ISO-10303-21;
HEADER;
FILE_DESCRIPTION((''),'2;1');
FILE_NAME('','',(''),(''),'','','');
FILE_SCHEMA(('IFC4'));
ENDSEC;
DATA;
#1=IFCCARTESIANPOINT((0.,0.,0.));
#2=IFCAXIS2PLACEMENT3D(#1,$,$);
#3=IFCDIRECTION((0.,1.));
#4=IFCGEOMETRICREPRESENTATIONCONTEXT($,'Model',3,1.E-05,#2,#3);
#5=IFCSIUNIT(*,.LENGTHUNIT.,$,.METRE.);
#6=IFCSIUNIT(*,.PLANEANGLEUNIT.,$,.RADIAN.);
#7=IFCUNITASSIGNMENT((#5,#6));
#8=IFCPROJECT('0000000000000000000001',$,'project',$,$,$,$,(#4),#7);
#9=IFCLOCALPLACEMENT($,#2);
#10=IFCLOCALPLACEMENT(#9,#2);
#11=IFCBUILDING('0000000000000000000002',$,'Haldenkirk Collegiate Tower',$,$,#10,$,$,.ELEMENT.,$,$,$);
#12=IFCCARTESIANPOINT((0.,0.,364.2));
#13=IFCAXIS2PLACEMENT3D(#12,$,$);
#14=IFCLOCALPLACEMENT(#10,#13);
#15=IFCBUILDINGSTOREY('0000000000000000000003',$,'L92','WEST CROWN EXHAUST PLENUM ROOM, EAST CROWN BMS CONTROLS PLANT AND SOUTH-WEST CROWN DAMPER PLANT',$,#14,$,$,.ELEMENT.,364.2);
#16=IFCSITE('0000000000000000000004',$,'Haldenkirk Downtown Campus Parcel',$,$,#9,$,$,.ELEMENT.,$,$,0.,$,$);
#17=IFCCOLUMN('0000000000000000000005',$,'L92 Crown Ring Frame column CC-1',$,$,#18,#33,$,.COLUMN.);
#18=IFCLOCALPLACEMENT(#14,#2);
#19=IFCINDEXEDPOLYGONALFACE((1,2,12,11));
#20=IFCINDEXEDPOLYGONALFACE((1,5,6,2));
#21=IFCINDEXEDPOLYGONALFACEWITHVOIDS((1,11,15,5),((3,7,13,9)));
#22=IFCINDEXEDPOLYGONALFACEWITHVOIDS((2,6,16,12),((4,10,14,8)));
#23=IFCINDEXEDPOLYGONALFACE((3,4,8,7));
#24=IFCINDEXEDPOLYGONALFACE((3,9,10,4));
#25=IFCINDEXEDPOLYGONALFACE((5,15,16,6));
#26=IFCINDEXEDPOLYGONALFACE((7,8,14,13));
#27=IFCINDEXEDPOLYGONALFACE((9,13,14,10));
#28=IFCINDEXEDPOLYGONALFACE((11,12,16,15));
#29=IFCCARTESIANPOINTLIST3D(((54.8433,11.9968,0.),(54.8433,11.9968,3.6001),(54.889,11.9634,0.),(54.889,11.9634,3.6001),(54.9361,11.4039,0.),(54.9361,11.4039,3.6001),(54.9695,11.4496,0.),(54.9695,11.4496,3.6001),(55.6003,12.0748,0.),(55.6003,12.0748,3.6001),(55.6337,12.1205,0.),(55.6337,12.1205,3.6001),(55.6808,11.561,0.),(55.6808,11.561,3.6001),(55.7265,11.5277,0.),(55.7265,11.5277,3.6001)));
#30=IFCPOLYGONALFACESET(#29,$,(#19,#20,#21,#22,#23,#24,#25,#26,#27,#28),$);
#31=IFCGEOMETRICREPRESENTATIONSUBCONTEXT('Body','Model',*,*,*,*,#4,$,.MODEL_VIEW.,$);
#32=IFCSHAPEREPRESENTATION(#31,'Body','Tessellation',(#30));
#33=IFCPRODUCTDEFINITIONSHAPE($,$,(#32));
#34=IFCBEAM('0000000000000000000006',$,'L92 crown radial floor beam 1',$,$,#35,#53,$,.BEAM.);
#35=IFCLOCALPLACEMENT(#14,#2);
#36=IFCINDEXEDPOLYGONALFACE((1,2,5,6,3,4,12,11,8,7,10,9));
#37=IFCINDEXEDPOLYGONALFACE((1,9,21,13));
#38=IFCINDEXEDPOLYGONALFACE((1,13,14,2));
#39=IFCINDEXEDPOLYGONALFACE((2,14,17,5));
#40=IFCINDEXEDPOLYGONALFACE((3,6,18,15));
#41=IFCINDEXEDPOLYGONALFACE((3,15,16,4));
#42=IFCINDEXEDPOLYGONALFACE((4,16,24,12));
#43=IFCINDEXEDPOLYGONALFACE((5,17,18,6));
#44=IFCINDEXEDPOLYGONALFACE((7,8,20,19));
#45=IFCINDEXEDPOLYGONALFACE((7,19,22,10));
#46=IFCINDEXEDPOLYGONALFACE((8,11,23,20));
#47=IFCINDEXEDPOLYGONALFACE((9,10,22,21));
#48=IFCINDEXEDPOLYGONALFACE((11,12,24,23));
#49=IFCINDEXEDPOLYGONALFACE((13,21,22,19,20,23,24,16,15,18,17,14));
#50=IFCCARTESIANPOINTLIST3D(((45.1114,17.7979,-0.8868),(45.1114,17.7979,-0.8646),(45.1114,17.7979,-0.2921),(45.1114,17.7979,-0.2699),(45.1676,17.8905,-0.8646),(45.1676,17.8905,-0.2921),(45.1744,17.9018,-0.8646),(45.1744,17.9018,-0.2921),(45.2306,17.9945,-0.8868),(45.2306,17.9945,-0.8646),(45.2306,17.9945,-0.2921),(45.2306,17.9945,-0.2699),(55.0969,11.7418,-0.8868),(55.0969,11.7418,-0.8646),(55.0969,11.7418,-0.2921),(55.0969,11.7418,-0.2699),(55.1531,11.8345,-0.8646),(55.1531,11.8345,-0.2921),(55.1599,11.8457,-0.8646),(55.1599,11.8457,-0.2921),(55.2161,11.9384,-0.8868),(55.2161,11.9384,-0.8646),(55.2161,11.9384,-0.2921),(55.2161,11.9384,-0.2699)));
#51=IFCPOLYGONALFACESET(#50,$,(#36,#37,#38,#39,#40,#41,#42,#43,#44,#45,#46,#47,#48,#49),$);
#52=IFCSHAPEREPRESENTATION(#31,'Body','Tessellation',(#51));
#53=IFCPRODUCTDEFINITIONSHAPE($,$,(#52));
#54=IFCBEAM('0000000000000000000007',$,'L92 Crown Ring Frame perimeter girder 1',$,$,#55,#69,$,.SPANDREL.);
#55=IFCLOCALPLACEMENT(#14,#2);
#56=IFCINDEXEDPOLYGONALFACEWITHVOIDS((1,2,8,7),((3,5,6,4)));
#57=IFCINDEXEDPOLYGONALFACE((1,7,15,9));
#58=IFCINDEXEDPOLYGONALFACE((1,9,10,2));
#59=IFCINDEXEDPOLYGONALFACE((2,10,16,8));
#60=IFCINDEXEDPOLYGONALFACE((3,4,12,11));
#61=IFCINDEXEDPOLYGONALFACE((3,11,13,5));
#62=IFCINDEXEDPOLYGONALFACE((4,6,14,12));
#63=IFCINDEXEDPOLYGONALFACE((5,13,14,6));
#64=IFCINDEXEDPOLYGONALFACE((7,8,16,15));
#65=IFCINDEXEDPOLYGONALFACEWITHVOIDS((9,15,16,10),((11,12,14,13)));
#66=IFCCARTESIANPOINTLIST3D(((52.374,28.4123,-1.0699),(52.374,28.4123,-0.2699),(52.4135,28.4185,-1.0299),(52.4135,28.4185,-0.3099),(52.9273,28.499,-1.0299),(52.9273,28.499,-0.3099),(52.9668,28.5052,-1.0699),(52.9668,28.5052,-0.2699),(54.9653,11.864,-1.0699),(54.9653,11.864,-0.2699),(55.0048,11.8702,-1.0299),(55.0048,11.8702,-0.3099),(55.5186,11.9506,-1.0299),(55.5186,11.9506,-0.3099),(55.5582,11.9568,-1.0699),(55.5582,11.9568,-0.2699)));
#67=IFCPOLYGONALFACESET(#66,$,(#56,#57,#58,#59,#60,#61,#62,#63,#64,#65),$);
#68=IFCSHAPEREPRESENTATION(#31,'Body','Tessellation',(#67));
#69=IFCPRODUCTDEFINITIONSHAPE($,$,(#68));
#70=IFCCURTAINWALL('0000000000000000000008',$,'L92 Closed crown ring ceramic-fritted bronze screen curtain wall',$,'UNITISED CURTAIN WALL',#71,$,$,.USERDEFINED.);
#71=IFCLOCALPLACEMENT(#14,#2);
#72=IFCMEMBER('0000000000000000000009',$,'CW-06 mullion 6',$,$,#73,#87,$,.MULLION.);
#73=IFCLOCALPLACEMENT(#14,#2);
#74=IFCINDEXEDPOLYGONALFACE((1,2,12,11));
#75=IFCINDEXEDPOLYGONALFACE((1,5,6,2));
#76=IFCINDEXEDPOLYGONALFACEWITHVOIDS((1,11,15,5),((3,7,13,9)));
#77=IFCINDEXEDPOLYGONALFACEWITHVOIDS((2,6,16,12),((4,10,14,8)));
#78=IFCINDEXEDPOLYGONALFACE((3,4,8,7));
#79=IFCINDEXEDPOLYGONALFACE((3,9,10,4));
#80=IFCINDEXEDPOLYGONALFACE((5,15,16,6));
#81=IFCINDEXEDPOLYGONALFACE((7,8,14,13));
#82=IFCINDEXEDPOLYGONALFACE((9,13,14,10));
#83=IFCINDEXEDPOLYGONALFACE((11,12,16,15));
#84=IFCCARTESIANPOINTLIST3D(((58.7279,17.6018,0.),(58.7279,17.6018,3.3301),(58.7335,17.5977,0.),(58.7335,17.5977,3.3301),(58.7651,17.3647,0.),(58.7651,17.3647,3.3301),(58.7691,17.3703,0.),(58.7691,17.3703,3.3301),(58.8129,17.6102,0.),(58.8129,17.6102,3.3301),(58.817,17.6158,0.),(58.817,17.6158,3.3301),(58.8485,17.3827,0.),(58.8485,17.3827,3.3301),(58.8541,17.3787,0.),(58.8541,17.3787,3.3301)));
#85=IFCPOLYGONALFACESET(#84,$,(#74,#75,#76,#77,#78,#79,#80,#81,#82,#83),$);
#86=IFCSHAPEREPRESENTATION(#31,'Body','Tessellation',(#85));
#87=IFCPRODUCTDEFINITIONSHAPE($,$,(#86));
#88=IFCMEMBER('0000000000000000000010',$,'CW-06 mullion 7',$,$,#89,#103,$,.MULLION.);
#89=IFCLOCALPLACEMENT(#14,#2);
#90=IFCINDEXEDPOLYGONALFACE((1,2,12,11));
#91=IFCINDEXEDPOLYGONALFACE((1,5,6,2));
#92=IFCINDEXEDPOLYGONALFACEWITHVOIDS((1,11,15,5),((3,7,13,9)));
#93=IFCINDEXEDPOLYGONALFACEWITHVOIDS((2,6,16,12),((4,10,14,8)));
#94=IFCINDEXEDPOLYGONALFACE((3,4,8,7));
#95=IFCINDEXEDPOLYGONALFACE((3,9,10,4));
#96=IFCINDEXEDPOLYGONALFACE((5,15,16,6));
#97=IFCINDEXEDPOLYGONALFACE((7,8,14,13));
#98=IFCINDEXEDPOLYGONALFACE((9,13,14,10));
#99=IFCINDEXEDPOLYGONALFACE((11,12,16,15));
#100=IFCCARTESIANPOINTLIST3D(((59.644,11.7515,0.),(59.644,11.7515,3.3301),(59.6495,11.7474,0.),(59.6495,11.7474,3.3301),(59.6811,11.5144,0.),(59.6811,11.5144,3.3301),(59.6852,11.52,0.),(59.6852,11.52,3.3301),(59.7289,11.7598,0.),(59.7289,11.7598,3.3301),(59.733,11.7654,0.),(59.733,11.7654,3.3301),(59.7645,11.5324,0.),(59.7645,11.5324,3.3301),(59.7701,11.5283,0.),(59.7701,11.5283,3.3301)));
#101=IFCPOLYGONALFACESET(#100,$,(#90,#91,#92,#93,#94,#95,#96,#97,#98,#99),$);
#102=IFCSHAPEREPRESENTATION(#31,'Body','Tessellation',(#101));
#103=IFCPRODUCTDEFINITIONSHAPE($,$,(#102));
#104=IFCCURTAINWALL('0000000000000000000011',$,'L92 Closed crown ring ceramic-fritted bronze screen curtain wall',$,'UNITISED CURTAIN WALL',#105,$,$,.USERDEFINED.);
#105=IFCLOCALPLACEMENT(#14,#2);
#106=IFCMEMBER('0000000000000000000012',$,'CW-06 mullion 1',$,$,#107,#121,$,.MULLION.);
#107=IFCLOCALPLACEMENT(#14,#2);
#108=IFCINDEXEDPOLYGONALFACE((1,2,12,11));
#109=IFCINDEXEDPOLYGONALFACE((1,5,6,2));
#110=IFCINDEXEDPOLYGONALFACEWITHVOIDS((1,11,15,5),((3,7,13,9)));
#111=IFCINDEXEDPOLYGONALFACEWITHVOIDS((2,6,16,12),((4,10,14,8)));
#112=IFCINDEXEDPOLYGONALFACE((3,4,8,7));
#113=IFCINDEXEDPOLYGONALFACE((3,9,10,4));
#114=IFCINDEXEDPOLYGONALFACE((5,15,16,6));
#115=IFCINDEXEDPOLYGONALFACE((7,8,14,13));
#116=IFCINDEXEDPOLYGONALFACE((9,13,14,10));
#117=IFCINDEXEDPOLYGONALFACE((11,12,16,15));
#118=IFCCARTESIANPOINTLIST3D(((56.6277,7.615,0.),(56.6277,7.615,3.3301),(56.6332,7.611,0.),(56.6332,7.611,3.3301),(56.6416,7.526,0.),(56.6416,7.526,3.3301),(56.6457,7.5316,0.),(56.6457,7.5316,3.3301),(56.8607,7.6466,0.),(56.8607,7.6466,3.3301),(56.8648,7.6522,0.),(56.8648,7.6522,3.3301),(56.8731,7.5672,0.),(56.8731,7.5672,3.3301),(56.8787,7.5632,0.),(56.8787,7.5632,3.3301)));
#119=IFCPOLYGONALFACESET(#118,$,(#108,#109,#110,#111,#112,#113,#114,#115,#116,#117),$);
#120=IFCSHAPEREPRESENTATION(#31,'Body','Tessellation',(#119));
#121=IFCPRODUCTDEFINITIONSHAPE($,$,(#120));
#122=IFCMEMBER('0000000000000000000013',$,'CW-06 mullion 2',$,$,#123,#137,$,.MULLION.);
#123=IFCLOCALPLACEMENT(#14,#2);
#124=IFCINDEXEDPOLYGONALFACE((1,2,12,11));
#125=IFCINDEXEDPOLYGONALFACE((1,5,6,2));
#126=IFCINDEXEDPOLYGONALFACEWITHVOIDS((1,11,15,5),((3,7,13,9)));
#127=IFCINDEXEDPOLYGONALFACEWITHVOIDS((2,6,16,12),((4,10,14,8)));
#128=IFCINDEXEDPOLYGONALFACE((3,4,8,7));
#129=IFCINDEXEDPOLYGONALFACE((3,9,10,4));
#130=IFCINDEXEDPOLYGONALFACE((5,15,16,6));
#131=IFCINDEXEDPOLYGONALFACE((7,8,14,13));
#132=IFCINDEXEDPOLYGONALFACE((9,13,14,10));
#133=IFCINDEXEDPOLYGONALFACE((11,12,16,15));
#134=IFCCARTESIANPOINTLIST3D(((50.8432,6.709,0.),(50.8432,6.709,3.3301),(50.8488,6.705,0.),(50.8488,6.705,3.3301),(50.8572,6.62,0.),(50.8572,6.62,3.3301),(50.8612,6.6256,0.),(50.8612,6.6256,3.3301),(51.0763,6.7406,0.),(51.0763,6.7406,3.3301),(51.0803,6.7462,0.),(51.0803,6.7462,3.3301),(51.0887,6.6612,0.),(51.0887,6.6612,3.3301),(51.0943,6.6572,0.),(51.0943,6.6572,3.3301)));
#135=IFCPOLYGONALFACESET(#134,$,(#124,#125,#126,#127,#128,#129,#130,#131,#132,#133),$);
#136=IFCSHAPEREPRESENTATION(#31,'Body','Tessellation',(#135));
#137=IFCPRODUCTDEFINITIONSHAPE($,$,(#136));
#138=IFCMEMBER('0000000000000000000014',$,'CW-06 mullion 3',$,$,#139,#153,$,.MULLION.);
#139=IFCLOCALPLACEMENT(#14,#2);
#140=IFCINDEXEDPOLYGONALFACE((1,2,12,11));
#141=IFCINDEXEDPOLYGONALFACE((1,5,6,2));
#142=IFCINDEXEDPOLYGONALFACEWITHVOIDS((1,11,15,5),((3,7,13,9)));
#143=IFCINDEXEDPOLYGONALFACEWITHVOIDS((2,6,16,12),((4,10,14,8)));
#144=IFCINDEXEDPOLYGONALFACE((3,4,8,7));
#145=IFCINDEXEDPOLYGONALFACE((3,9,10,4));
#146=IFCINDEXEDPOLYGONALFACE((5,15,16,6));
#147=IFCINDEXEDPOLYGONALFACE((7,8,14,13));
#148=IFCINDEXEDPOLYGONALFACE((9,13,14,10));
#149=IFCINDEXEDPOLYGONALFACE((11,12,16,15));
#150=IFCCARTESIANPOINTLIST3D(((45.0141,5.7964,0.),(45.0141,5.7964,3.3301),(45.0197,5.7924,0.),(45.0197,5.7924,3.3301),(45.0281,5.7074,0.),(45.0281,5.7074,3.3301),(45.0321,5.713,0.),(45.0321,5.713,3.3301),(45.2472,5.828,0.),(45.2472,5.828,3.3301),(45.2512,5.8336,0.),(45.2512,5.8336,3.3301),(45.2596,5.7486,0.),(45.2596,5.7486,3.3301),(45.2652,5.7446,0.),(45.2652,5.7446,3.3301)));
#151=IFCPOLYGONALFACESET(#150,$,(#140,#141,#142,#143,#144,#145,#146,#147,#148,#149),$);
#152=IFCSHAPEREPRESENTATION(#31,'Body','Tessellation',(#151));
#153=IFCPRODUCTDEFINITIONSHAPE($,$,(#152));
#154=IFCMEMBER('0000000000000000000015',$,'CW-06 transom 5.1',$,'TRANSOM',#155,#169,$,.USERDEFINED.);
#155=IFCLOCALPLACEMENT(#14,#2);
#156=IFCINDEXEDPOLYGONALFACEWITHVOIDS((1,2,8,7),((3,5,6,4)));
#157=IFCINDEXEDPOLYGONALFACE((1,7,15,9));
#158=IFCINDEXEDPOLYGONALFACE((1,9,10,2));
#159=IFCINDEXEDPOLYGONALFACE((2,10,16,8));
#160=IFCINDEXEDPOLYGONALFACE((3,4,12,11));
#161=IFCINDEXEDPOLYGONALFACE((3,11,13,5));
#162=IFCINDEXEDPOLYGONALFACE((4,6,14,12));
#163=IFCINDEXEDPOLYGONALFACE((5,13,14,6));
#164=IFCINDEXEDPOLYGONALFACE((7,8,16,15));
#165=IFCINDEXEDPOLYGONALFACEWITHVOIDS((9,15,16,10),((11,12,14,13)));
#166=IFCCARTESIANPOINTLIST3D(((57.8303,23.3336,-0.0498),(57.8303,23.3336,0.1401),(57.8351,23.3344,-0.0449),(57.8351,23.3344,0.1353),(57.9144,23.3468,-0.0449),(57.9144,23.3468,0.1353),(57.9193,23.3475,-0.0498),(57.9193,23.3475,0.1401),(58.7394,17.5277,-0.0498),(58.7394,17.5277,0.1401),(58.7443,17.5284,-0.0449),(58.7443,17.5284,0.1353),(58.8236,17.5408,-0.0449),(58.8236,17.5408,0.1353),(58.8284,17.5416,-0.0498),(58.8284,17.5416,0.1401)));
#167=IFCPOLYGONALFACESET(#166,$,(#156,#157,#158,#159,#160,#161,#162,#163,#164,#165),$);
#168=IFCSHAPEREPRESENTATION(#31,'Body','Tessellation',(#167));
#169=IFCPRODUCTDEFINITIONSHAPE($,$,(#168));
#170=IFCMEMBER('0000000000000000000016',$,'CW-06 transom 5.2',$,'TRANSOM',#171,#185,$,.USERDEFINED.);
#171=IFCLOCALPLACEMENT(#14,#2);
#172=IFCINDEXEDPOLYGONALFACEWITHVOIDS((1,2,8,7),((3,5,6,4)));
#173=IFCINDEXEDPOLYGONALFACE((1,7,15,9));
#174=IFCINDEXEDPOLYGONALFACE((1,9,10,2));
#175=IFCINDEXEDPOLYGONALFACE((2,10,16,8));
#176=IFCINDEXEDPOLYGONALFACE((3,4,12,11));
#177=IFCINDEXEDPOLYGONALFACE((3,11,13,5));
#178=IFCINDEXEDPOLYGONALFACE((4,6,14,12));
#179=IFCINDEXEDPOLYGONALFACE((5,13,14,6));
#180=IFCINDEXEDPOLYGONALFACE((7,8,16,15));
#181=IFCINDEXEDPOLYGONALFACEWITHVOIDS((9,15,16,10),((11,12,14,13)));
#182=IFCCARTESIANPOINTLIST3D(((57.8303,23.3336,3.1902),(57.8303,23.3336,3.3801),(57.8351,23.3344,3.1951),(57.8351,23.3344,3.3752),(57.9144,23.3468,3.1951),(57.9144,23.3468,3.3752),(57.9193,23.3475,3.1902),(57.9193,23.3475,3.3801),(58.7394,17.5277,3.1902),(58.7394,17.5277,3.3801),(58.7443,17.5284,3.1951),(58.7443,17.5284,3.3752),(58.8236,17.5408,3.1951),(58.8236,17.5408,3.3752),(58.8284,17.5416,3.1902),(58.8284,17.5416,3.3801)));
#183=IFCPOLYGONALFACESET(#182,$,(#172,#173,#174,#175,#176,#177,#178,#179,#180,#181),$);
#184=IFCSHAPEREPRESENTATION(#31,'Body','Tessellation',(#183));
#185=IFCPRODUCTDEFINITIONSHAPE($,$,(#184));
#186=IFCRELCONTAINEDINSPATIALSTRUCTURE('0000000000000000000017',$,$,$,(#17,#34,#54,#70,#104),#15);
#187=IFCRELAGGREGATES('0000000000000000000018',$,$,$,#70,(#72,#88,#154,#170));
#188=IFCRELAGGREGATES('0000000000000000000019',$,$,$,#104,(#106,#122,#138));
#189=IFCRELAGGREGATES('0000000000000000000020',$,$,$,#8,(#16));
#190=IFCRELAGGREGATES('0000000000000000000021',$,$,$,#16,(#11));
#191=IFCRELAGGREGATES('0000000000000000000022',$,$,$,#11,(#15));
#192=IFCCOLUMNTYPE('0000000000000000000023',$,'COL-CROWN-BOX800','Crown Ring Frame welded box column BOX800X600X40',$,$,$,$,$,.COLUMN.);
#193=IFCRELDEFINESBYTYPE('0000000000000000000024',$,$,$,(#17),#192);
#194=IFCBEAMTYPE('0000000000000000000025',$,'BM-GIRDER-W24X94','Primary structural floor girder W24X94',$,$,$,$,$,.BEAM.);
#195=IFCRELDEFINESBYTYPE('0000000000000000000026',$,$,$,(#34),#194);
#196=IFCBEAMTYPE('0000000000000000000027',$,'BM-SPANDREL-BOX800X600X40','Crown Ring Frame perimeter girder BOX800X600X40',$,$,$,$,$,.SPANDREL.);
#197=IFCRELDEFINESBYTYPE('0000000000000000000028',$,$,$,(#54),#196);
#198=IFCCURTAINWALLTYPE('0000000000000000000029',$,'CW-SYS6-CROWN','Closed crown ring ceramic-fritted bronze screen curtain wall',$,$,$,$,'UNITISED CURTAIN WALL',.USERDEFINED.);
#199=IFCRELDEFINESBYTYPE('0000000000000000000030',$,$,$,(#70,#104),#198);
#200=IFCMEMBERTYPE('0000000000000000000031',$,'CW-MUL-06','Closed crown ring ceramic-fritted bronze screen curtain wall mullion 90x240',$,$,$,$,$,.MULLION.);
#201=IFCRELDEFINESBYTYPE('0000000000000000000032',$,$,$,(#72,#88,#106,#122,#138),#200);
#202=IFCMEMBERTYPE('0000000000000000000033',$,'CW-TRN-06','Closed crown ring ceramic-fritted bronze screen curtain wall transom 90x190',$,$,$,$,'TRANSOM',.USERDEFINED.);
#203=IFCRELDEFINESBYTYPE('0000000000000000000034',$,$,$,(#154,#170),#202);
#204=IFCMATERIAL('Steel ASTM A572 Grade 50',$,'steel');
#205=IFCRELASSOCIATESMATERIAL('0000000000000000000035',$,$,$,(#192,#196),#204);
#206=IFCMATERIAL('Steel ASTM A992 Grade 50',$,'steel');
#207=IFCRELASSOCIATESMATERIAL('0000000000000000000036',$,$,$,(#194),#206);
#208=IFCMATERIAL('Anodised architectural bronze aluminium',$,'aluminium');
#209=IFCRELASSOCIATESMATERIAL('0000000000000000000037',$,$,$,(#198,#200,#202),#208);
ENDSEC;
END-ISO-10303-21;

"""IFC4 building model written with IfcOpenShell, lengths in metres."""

from ifc_helpers import new_model, si_unit, direction, frame, origin, origin_2d, place, context, subcontext, project, spatial, hollow_rectangle, i_section, extrude, material, material_profile, profile_set, type_object, element, aggregate, save


model = new_model("IFC4")

# Units and contexts
model_context = context("Model", 3, precision=1e-05, world=origin(), true_north=direction((0.0, 1.0)))
body_context = subcontext(model_context, "Body", "Model", "MODEL_VIEW")
ifc_project = project(units=[si_unit("LENGTHUNIT", "METRE"), si_unit("PLANEANGLEUNIT", "RADIAN")], contexts=[model_context])

# Site, building, storey
site_placement = place(None, origin())
site = spatial("IfcSite", under=ifc_project, at=site_placement, Name="Haldenkirk Downtown Campus Parcel", CompositionType="ELEMENT", RefElevation=0.0)
building_placement = place(site_placement, origin())
building = spatial("IfcBuilding", under=site, at=building_placement, Name="Haldenkirk Collegiate Tower", CompositionType="ELEMENT")
storey_placement = place(building_placement, frame((0.0, 0.0, 364.2)))
storey = spatial("IfcBuildingStorey", under=building, at=storey_placement, Name="L92", Description="WEST CROWN EXHAUST PLENUM ROOM, EAST CROWN BMS CONTROLS PLANT AND SOUTH-WEST CROWN DAMPER PLANT", CompositionType="ELEMENT", Elevation=364.2)

# Column
ifc_material_1 = material(Name="Steel ASTM A572 Grade 50", Category="steel")
ifc_material_profile_1 = material_profile(ifc_material_1, hollow_rectangle(XDim=0.6001, YDim=0.8, WallThickness=0.04, at=origin_2d()), Name="BOX800X600X40")
ifc_profile_set_1 = profile_set([ifc_material_profile_1], Name="Steel ASTM A572 Grade 50")
column_type = type_object("IfcColumnType", Name="COL-CROWN-BOX800", Description="Crown Ring Frame welded box column BOX800X600X40", PredefinedType="COLUMN", material=ifc_profile_set_1)
column_placement = place(storey_placement, frame((55.2849, 11.7622, 0.0), z_axis=(0.0, 0.0, 1.0), x_axis=(-0.15471, 0.98796, 0.0)))
element("IfcColumn", 1, at=column_placement, inside=storey, type_object=column_type, Name="L92 Crown Ring Frame column CC-1", PredefinedType="COLUMN", context=body_context, shape_type="SweptSolid", body=[
    extrude(hollow_rectangle(XDim=0.6001, YDim=0.8, WallThickness=0.04, at=origin_2d()), origin(), (0.0, 0.0, 1.0), 3.6001),
])

# Beams
ifc_material_2 = material(Name="Steel ASTM A992 Grade 50", Category="steel")
ifc_material_profile_2 = material_profile(ifc_material_2, i_section(OverallWidth=0.23, OverallDepth=0.6169, WebThickness=0.0132, FlangeThickness=0.0222, at=origin_2d()), Name="W24X94")
ifc_profile_set_2 = profile_set([ifc_material_profile_2], Name="Steel ASTM A992 Grade 50")
beam_type_1 = type_object("IfcBeamType", Name="BM-GIRDER-W24X94", Description="Primary structural floor girder W24X94", PredefinedType="BEAM", material=ifc_profile_set_2)
beam_1_placement = place(storey_placement, frame((55.1565, 11.8401, -0.5784), z_axis=(-0.855035, 0.518569, 0.0), x_axis=(-0.518569, -0.855035, 0.0)))
element("IfcBeam", 2, at=beam_1_placement, inside=storey, type_object=beam_type_1, Name="L92 crown radial floor beam 1", PredefinedType="BEAM", context=body_context, shape_type="SweptSolid", body=[
    extrude(i_section(OverallWidth=0.23, OverallDepth=0.6169, WebThickness=0.0132, FlangeThickness=0.0222, at=origin_2d()), origin(), (0.0, 0.0, 1.0), 11.6785),
])
ifc_material_profile_3 = material_profile(ifc_material_1, hollow_rectangle(XDim=0.6001, YDim=0.8, WallThickness=0.04, at=origin_2d()), Name="BOX800X600X40")
ifc_profile_set_3 = profile_set([ifc_material_profile_3], Name="Steel ASTM A572 Grade 50")
beam_type_2 = type_object("IfcBeamType", Name="BM-SPANDREL-BOX800X600X40", Description="Crown Ring Frame perimeter girder BOX800X600X40", PredefinedType="SPANDREL", material=ifc_profile_set_3)
beam_2_placement = place(storey_placement, frame((55.2617, 11.9104, -0.6699), z_axis=(-0.154705, 0.987961, 0.0), x_axis=(-0.987961, -0.154705, 0.0)))
element("IfcBeam", 3, at=beam_2_placement, inside=storey, type_object=beam_type_2, Name="L92 Crown Ring Frame perimeter girder 1", PredefinedType="SPANDREL", context=body_context, shape_type="SweptSolid", body=[
    extrude(hollow_rectangle(XDim=0.6001, YDim=0.8, WallThickness=0.04, at=origin_2d()), origin(), (0.0, 0.0, 1.0), 16.75),
])

# Curtain walls, members
ifc_material_3 = material(Name="Anodised architectural bronze aluminium", Category="aluminium")
curtain_wall_type = type_object("IfcCurtainWallType", Name="CW-SYS6-CROWN", Description="Closed crown ring ceramic-fritted bronze screen curtain wall", ElementType="UNITISED CURTAIN WALL", PredefinedType="USERDEFINED", material=ifc_material_3)
curtain_wall_1_placement = place(storey_placement, origin())
curtain_wall_1 = element("IfcCurtainWall", 4, at=curtain_wall_1_placement, inside=storey, type_object=curtain_wall_type, Name="L92 Closed crown ring ceramic-fritted bronze screen curtain wall", ObjectType="UNITISED CURTAIN WALL", PredefinedType="USERDEFINED")
ifc_material_profile_4 = material_profile(ifc_material_3, hollow_rectangle(XDim=0.0901, YDim=0.24, WallThickness=0.0049, at=origin_2d()), Name="CW-MUL-06")
ifc_profile_set_4 = profile_set([ifc_material_profile_4], Name="Anodised architectural bronze aluminium")
member_type_1 = type_object("IfcMemberType", Name="CW-MUL-06", Description="Closed crown ring ceramic-fritted bronze screen curtain wall mullion 90x240", PredefinedType="MULLION", material=ifc_profile_set_4)
member_1_placement = place(storey_placement, frame((58.791, 17.4902, 0.0), z_axis=(0.0, 0.0, 1.0), x_axis=(0.98796, 0.154713, 0.0)))
member_1 = element("IfcMember", 5, at=member_1_placement, type_object=member_type_1, Name="CW-06 mullion 6", PredefinedType="MULLION", context=body_context, shape_type="SweptSolid", body=[
    extrude(hollow_rectangle(XDim=0.0901, YDim=0.24, WallThickness=0.0049, at=origin_2d()), origin(), (0.0, 0.0, 1.0), 3.3301),
])
member_2_placement = place(storey_placement, frame((59.707, 11.6399, 0.0), z_axis=(0.0, 0.0, 1.0), x_axis=(0.98796, 0.154713, 0.0)))
member_2 = element("IfcMember", 6, at=member_2_placement, type_object=member_type_1, Name="CW-06 mullion 7", PredefinedType="MULLION", context=body_context, shape_type="SweptSolid", body=[
    extrude(hollow_rectangle(XDim=0.0901, YDim=0.24, WallThickness=0.0049, at=origin_2d()), origin(), (0.0, 0.0, 1.0), 3.3301),
])
curtain_wall_2_placement = place(storey_placement, origin())
curtain_wall_2 = element("IfcCurtainWall", 7, at=curtain_wall_2_placement, inside=storey, type_object=curtain_wall_type, Name="L92 Closed crown ring ceramic-fritted bronze screen curtain wall", ObjectType="UNITISED CURTAIN WALL", PredefinedType="USERDEFINED")
member_3_placement = place(storey_placement, frame((56.7532, 7.5891, 0.0), z_axis=(0.0, 0.0, 1.0), x_axis=(0.154709, -0.98796, 0.0)))
member_3 = element("IfcMember", 8, at=member_3_placement, type_object=member_type_1, Name="CW-06 mullion 1", PredefinedType="MULLION", context=body_context, shape_type="SweptSolid", body=[
    extrude(hollow_rectangle(XDim=0.0901, YDim=0.24, WallThickness=0.0049, at=origin_2d()), origin(), (0.0, 0.0, 1.0), 3.3301),
])
member_4_placement = place(storey_placement, frame((50.9688, 6.6831, 0.0), z_axis=(0.0, 0.0, 1.0), x_axis=(0.154709, -0.98796, 0.0)))
member_4 = element("IfcMember", 9, at=member_4_placement, type_object=member_type_1, Name="CW-06 mullion 2", PredefinedType="MULLION", context=body_context, shape_type="SweptSolid", body=[
    extrude(hollow_rectangle(XDim=0.0901, YDim=0.24, WallThickness=0.0049, at=origin_2d()), origin(), (0.0, 0.0, 1.0), 3.3301),
])
member_5_placement = place(storey_placement, frame((45.1396, 5.7705, 0.0), z_axis=(0.0, 0.0, 1.0), x_axis=(0.154709, -0.98796, 0.0)))
member_5 = element("IfcMember", 10, at=member_5_placement, type_object=member_type_1, Name="CW-06 mullion 3", PredefinedType="MULLION", context=body_context, shape_type="SweptSolid", body=[
    extrude(hollow_rectangle(XDim=0.0901, YDim=0.24, WallThickness=0.0049, at=origin_2d()), origin(), (0.0, 0.0, 1.0), 3.3301),
])

# Members
ifc_material_profile_5 = material_profile(ifc_material_3, hollow_rectangle(XDim=0.0901, YDim=0.1899, WallThickness=0.0049, at=origin_2d()), Name="CW-TRN-06")
ifc_profile_set_5 = profile_set([ifc_material_profile_5], Name="Anodised architectural bronze aluminium")
member_type_2 = type_object("IfcMemberType", Name="CW-TRN-06", Description="Closed crown ring ceramic-fritted bronze screen curtain wall transom 90x190", ElementType="TRANSOM", PredefinedType="USERDEFINED", material=ifc_profile_set_5)
member_6_placement = place(storey_placement, frame((57.8748, 23.3406, 0.0452), z_axis=(0.15471, -0.98796, 0.0), x_axis=(0.98796, 0.15471, 0.0)))
member_6 = element("IfcMember", 11, at=member_6_placement, type_object=member_type_2, Name="CW-06 transom 5.1", ObjectType="TRANSOM", PredefinedType="USERDEFINED", context=body_context, shape_type="SweptSolid", body=[
    extrude(hollow_rectangle(XDim=0.0901, YDim=0.1899, WallThickness=0.0049, at=origin_2d()), origin(), (0.0, 0.0, 1.0), 5.8767),
])
member_7_placement = place(storey_placement, frame((57.8748, 23.3406, 3.2852), z_axis=(0.15471, -0.98796, 0.0), x_axis=(0.98796, 0.15471, 0.0)))
member_7 = element("IfcMember", 12, at=member_7_placement, type_object=member_type_2, Name="CW-06 transom 5.2", ObjectType="TRANSOM", PredefinedType="USERDEFINED", context=body_context, shape_type="SweptSolid", body=[
    extrude(hollow_rectangle(XDim=0.0901, YDim=0.1899, WallThickness=0.0049, at=origin_2d()), origin(), (0.0, 0.0, 1.0), 5.8767),
])

aggregate(curtain_wall_1, [member_1, member_2, member_6, member_7])
aggregate(curtain_wall_2, [member_3, member_4, member_5])

save(model, "model.ifc")
